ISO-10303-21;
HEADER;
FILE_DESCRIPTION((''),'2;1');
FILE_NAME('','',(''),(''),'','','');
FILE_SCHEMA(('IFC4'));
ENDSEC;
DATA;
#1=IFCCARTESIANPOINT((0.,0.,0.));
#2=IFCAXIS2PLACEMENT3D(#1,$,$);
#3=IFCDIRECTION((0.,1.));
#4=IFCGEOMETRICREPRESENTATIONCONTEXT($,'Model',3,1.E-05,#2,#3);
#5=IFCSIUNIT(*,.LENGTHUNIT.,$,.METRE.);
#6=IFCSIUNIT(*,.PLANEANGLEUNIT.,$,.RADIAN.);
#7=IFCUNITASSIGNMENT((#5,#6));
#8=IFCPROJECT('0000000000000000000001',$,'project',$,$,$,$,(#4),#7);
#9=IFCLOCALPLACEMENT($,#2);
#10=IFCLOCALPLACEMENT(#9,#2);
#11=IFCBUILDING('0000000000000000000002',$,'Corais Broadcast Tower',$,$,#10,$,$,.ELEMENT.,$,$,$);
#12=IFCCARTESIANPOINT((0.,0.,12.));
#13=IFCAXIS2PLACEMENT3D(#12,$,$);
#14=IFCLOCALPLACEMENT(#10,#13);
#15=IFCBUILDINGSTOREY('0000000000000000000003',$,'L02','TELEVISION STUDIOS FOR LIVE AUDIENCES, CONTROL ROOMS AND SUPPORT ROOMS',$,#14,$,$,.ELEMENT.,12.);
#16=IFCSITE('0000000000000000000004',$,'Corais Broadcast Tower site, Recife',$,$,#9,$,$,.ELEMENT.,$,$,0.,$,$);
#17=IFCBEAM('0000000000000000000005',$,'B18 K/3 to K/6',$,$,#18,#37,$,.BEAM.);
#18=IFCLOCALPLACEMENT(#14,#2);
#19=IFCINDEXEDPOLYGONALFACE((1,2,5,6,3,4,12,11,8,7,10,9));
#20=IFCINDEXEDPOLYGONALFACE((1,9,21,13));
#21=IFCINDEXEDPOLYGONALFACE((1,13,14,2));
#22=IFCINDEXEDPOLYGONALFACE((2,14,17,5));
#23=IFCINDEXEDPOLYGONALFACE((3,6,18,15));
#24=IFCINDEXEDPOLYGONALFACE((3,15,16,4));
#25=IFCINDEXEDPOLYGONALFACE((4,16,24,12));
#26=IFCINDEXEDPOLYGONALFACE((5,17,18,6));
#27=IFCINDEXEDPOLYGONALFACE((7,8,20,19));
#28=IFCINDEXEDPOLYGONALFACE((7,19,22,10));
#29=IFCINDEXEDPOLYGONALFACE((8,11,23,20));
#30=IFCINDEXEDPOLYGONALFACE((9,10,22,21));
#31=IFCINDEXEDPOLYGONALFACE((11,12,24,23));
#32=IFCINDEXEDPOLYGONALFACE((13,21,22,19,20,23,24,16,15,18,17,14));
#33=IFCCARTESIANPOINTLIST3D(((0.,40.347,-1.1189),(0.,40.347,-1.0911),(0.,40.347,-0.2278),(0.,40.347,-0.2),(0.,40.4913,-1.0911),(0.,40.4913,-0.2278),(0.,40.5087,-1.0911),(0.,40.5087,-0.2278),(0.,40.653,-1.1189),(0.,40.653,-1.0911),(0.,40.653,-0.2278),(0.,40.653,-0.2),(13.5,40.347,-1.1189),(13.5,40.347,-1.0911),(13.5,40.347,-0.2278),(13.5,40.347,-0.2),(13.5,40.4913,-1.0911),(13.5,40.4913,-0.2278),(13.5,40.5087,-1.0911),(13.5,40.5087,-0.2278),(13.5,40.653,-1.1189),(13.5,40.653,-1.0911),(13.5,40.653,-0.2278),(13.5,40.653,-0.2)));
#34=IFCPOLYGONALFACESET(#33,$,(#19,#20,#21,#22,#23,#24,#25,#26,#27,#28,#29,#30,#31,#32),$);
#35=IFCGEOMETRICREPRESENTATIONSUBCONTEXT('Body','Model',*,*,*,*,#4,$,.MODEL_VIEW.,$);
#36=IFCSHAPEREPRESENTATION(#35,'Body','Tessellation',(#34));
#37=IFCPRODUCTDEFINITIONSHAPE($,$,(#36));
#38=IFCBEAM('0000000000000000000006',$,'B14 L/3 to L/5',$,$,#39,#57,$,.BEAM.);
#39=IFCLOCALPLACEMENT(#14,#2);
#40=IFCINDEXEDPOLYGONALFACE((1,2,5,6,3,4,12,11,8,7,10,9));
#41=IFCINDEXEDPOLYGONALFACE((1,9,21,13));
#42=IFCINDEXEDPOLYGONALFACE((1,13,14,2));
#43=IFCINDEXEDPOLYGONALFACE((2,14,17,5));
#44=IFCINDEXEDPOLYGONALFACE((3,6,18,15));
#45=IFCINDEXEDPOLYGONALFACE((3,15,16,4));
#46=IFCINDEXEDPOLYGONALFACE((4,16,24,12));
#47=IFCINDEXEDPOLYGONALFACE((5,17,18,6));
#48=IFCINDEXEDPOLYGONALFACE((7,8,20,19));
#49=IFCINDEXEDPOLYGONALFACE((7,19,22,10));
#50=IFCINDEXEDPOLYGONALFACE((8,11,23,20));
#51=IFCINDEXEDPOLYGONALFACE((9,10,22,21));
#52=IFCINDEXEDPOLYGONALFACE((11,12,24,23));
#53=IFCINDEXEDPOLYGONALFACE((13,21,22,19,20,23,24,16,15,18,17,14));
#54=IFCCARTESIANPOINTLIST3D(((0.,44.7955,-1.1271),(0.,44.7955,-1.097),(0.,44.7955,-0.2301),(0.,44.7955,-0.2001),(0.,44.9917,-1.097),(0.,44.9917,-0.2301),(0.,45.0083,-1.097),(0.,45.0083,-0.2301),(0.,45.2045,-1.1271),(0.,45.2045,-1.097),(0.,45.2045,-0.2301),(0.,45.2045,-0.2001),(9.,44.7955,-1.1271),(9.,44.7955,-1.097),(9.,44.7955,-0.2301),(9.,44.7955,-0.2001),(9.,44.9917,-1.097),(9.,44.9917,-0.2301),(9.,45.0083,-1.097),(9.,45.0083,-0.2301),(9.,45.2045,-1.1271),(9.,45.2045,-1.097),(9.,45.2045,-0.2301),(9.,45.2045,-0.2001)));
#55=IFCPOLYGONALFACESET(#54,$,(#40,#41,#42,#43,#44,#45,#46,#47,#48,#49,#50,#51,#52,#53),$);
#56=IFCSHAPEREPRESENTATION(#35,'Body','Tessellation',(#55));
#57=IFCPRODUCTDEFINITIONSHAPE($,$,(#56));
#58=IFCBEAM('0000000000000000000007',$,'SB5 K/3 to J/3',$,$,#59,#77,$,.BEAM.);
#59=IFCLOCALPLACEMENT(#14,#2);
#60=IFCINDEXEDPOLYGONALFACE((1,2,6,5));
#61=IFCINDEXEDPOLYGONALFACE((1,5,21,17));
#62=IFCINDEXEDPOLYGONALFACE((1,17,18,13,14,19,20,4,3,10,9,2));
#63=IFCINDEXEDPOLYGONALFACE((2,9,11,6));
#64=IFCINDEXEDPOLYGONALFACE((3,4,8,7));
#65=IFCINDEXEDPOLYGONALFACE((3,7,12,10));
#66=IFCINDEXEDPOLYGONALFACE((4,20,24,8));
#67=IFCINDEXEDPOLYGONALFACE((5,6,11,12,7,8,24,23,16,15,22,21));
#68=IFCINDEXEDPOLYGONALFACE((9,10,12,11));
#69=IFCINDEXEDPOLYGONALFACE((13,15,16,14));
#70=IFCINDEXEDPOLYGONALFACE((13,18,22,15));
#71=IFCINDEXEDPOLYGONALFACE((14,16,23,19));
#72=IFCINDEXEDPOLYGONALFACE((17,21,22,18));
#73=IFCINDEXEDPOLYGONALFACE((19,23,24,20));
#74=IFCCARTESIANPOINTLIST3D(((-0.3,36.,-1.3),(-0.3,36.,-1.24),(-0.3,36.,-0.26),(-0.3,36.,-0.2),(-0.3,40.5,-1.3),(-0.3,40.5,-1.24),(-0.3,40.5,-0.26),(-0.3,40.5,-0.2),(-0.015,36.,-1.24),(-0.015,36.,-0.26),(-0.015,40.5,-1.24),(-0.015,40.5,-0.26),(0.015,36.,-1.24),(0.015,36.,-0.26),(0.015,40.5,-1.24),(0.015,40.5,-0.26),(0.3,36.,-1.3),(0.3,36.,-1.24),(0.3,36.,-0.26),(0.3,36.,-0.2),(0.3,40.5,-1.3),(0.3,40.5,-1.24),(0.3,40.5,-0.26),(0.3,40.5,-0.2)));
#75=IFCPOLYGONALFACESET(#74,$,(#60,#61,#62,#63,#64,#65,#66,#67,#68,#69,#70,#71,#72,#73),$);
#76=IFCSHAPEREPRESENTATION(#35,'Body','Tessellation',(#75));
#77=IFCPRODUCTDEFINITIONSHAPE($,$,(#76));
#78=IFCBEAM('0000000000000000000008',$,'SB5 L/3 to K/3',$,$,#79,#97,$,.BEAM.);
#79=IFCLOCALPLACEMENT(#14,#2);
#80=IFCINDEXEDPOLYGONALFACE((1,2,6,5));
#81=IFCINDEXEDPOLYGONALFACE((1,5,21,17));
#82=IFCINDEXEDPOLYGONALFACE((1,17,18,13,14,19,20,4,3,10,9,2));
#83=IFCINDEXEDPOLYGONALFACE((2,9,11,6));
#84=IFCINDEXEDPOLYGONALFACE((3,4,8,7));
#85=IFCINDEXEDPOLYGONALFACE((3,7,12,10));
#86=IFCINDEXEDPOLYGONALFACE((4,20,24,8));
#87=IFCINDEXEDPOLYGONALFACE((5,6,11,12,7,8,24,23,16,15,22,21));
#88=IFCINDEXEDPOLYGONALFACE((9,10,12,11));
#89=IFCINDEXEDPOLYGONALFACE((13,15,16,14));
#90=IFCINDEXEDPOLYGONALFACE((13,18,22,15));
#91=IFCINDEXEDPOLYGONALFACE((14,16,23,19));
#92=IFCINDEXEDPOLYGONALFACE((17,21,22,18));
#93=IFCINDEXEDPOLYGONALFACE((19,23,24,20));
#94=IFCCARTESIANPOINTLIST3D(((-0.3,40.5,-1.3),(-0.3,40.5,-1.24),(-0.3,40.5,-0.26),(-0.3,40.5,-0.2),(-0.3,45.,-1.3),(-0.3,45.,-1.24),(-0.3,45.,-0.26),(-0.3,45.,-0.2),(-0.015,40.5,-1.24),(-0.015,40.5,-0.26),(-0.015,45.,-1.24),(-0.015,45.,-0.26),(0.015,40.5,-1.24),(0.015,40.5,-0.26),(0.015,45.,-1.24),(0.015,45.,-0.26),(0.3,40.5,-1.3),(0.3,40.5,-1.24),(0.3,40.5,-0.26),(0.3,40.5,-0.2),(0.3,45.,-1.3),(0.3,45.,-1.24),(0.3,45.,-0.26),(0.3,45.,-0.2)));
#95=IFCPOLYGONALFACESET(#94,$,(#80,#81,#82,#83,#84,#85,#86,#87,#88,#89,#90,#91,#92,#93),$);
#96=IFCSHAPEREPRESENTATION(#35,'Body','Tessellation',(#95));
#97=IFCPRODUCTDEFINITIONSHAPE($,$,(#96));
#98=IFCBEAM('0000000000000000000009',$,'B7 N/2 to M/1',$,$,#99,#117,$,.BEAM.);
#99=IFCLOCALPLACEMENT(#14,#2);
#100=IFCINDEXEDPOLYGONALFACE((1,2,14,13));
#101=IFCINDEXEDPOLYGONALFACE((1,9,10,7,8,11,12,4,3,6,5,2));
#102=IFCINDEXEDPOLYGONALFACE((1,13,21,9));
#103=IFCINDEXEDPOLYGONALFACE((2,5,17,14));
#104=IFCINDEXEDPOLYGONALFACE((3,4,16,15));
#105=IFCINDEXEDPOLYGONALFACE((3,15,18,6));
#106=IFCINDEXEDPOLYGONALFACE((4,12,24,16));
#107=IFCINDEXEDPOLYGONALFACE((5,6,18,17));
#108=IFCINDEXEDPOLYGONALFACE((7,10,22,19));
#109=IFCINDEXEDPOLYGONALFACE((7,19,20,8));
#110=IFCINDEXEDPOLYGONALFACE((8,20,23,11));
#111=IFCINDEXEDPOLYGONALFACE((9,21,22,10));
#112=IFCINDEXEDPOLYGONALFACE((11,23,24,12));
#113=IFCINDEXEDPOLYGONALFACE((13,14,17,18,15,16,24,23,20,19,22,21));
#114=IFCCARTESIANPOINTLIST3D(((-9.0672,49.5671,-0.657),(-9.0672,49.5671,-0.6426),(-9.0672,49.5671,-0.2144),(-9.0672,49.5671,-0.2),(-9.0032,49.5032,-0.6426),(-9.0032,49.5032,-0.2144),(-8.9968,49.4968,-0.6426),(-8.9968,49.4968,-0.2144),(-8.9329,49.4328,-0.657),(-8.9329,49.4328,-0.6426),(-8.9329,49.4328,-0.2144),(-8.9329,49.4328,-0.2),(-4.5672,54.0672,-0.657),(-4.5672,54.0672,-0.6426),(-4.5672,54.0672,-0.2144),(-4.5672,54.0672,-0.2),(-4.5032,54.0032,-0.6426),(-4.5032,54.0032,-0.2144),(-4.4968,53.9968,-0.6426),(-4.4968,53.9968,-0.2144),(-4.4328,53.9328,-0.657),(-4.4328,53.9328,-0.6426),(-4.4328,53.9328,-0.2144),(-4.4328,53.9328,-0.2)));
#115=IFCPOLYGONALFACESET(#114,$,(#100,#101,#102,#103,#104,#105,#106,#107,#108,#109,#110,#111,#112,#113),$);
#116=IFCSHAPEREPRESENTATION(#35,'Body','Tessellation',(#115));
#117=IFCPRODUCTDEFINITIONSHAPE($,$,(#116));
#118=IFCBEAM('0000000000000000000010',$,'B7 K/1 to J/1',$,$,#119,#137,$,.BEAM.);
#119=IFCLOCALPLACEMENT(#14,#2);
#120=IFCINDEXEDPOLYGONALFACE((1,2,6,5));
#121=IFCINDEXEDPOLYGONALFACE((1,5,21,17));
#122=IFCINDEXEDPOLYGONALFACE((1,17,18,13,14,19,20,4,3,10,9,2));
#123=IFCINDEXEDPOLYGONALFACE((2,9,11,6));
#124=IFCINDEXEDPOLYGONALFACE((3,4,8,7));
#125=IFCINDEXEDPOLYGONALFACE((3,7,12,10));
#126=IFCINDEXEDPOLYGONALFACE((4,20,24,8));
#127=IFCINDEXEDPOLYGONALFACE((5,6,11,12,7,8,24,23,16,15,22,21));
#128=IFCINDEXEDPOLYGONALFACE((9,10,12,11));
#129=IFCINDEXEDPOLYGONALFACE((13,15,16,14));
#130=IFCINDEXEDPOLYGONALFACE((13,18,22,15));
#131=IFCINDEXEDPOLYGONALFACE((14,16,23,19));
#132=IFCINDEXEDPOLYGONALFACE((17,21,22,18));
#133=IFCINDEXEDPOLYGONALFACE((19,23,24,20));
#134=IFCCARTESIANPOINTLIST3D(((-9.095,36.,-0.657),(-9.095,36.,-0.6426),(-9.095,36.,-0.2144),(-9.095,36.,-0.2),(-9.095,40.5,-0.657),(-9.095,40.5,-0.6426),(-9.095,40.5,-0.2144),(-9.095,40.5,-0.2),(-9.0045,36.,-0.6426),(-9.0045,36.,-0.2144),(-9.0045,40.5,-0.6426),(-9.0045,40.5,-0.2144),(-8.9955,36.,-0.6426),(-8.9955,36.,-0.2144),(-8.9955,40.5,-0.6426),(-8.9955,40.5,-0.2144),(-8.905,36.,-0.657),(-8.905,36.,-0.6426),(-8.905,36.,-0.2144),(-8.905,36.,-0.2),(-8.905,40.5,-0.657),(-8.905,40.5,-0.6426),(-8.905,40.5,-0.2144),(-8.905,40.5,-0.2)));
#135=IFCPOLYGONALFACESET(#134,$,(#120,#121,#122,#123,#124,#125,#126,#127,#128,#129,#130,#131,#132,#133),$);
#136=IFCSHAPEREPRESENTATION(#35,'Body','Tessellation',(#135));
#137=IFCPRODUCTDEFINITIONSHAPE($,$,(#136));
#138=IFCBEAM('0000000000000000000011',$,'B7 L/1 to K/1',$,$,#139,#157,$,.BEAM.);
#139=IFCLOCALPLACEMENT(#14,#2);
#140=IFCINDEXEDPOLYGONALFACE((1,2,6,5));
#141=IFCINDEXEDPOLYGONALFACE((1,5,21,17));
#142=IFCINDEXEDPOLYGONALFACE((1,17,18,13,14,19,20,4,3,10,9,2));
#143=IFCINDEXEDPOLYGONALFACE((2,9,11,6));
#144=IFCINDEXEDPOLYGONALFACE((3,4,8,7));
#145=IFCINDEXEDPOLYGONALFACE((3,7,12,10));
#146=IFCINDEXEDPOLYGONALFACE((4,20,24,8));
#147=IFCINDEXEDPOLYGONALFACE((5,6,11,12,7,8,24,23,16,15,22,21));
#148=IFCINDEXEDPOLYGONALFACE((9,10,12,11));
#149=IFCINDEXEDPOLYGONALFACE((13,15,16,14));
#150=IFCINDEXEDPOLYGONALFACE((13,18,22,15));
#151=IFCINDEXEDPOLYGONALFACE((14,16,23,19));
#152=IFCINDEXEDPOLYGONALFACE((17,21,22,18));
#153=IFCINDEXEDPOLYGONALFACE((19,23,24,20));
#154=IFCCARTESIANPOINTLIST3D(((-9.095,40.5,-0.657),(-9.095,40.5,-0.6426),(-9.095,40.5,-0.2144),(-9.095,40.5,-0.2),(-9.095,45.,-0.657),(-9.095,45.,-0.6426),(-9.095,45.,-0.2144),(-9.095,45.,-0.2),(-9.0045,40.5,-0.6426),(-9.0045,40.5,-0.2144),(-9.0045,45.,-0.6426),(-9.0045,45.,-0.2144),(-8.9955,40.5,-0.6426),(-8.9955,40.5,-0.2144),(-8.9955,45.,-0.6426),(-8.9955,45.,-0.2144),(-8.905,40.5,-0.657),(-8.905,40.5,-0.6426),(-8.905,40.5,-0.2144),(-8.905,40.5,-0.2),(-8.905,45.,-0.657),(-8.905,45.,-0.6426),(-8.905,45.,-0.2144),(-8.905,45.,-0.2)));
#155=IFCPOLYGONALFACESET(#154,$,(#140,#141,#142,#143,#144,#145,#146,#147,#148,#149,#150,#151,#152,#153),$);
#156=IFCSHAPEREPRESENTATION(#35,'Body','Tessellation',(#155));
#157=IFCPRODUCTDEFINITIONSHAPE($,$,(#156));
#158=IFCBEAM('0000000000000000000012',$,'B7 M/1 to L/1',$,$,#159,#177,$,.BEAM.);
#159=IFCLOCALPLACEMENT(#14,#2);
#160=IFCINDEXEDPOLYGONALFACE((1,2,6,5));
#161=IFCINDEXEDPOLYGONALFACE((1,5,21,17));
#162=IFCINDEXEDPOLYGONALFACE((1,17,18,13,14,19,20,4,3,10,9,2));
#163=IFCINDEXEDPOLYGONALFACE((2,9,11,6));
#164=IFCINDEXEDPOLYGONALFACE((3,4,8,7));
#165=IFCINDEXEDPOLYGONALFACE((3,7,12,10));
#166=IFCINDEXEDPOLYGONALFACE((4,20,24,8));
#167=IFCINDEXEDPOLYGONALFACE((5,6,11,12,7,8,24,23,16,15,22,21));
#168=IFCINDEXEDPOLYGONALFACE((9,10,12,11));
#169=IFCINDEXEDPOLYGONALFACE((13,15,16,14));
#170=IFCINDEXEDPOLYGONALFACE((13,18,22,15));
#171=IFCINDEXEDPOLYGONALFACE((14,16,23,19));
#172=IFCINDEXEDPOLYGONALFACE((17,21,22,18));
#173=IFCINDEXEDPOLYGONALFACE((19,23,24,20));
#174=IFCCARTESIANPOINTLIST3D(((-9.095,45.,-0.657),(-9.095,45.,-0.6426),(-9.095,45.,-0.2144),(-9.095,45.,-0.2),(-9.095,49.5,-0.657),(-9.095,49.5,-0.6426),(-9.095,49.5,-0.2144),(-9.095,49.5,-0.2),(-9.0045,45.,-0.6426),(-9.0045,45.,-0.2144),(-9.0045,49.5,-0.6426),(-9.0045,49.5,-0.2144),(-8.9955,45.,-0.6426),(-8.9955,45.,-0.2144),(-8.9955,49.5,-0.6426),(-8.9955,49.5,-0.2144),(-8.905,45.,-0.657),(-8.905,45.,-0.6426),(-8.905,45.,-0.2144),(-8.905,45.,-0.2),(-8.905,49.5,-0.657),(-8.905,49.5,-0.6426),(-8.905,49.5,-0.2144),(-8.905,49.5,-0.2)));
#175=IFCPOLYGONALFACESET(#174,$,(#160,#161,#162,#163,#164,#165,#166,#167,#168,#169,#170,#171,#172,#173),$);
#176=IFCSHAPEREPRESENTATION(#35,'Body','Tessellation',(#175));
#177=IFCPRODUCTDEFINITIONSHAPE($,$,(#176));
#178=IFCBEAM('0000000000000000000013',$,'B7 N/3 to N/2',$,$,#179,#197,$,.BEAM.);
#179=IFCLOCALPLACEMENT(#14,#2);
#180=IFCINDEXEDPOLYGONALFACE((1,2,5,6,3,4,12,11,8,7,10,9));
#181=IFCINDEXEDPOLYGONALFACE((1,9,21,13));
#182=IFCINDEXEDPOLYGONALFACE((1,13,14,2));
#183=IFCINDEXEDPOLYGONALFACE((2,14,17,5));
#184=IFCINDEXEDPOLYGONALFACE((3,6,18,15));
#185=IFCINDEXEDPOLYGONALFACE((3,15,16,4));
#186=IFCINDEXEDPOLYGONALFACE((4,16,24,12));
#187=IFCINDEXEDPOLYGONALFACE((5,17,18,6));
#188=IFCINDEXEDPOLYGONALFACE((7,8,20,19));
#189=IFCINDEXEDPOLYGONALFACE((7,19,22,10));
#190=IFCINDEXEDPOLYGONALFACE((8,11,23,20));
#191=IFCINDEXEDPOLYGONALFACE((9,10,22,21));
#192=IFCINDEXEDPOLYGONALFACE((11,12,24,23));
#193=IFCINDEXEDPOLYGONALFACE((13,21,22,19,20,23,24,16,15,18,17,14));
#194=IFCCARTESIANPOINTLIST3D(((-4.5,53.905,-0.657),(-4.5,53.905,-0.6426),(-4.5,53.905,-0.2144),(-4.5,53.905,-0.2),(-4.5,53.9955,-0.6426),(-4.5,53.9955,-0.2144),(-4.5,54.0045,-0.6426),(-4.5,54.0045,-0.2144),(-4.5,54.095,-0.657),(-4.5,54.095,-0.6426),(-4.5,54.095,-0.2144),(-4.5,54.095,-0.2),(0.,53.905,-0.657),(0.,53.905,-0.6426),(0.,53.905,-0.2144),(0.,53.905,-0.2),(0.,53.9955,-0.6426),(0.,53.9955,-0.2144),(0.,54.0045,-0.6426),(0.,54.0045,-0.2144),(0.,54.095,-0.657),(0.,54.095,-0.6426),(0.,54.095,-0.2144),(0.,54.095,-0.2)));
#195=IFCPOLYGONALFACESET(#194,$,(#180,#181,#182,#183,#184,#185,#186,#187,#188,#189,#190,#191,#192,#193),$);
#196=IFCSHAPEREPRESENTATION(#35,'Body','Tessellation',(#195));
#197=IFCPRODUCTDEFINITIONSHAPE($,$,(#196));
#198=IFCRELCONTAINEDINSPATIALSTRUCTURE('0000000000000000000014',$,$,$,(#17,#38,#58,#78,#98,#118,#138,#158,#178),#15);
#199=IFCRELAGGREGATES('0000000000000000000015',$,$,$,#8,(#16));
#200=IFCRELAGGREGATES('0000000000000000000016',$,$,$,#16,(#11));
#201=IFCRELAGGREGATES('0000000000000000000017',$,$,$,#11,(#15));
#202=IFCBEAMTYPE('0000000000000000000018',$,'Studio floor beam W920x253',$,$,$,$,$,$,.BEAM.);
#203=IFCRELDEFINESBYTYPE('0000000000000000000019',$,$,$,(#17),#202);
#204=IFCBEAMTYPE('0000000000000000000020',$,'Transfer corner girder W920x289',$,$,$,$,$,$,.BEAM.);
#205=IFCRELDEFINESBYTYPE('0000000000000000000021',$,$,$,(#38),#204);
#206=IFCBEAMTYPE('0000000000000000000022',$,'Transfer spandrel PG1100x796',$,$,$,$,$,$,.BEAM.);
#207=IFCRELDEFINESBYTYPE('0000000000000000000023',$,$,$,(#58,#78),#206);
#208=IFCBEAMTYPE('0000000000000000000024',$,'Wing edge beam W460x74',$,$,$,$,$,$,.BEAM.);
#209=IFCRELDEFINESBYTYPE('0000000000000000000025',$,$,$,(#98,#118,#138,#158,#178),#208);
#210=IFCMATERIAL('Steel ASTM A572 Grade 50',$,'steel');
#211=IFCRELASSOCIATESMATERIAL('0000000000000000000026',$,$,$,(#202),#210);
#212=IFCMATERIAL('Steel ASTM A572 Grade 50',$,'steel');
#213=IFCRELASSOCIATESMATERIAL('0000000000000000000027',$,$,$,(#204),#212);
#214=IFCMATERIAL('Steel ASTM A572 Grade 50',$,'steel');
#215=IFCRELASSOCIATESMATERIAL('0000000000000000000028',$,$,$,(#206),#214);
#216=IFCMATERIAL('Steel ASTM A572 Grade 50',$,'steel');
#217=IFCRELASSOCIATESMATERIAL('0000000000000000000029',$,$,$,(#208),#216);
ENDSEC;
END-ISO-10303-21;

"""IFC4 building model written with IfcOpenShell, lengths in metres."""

from ifc_helpers import new_model, si_unit, direction, frame, origin, origin_2d, place, context, subcontext, project, spatial, i_section, extrude, material, material_profile, profile_set, type_object, element, save


model = new_model("IFC4")

# Units and contexts
model_context = context("Model", 3, precision=1e-05, world=origin(), true_north=direction((0.0, 1.0)))
body_context = subcontext(model_context, "Body", "Model", "MODEL_VIEW")
ifc_project = project(units=[si_unit("LENGTHUNIT", "METRE"), si_unit("PLANEANGLEUNIT", "RADIAN")], contexts=[model_context])

# Site, building, storey
site_placement = place(None, origin())
site = spatial("IfcSite", under=ifc_project, at=site_placement, Name="Corais Broadcast Tower site, Recife", CompositionType="ELEMENT", RefElevation=0.0)
building_placement = place(site_placement, origin())
building = spatial("IfcBuilding", under=site, at=building_placement, Name="Corais Broadcast Tower", CompositionType="ELEMENT")
storey_placement = place(building_placement, frame((0.0, 0.0, 12.0)))
storey = spatial("IfcBuildingStorey", under=building, at=storey_placement, Name="L02", Description="TELEVISION STUDIOS FOR LIVE AUDIENCES, CONTROL ROOMS AND SUPPORT ROOMS", CompositionType="ELEMENT", Elevation=12.0)

# Beams
ifc_material_1 = material(Name="Steel ASTM A572 Grade 50", Category="steel")
ifc_material_profile_1 = material_profile(ifc_material_1, i_section(OverallWidth=0.3059, OverallDepth=0.9189, WebThickness=0.0173, FlangeThickness=0.0278, at=origin_2d()), Name="W920x253")
ifc_profile_set_1 = profile_set([ifc_material_profile_1], Name="Steel ASTM A572 Grade 50")
beam_type_1 = type_object("IfcBeamType", Name="Studio floor beam W920x253", PredefinedType="BEAM", material=ifc_profile_set_1)
beam_1_placement = place(storey_placement, frame((0.0, 40.5, -0.6594), z_axis=(1.0, 0.0, 0.0), x_axis=(0.0, 1.0, 0.0)))
element("IfcBeam", 1, at=beam_1_placement, inside=storey, type_object=beam_type_1, Name="B18 K/3 to K/6", PredefinedType="BEAM", context=body_context, shape_type="SweptSolid", body=[
    extrude(i_section(OverallWidth=0.3059, OverallDepth=0.9189, WebThickness=0.0173, FlangeThickness=0.0278, at=origin_2d()), origin(), (0.0, 0.0, 1.0), 13.5),
])
ifc_material_2 = material(Name="Steel ASTM A572 Grade 50", Category="steel")
ifc_material_profile_2 = material_profile(ifc_material_2, i_section(OverallWidth=0.4089, OverallDepth=0.927, WebThickness=0.0166, FlangeThickness=0.03, at=origin_2d()), Name="W920x289")
ifc_profile_set_2 = profile_set([ifc_material_profile_2], Name="Steel ASTM A572 Grade 50")
beam_type_2 = type_object("IfcBeamType", Name="Transfer corner girder W920x289", PredefinedType="BEAM", material=ifc_profile_set_2)
beam_2_placement = place(storey_placement, frame((0.0, 45.0, -0.6636), z_axis=(1.0, 0.0, 0.0), x_axis=(0.0, 1.0, 0.0)))
element("IfcBeam", 2, at=beam_2_placement, inside=storey, type_object=beam_type_2, Name="B14 L/3 to L/5", PredefinedType="BEAM", context=body_context, shape_type="SweptSolid", body=[
    extrude(i_section(OverallWidth=0.4089, OverallDepth=0.927, WebThickness=0.0166, FlangeThickness=0.03, at=origin_2d()), origin(), (0.0, 0.0, 1.0), 9.0),
])
ifc_material_3 = material(Name="Steel ASTM A572 Grade 50", Category="steel")
ifc_material_profile_3 = material_profile(ifc_material_3, i_section(OverallWidth=0.6001, OverallDepth=1.1001, WebThickness=0.03, FlangeThickness=0.0601, at=origin_2d()), Name="PG1100x796")
ifc_profile_set_3 = profile_set([ifc_material_profile_3], Name="Steel ASTM A572 Grade 50")
beam_type_3 = type_object("IfcBeamType", Name="Transfer spandrel PG1100x796", PredefinedType="BEAM", material=ifc_profile_set_3)
for number, where, z_axis, x_axis, name in (
    (3, (0.0, 40.5, -0.75), (0.0, -1.0, 0.0), (1.0, 0.0, 0.0), "SB5 K/3 to J/3"),
    (4, (0.0, 45.0, -0.75), (0.0, -1.0, 0.0), (1.0, 0.0, 0.0), "SB5 L/3 to K/3"),
):
    element("IfcBeam", number, at=place(storey_placement, frame(where, z_axis=z_axis, x_axis=x_axis)), inside=storey, type_object=beam_type_3, Name=name, PredefinedType="BEAM", context=body_context, shape_type="SweptSolid", body=[
        extrude(i_section(OverallWidth=0.6001, OverallDepth=1.1001, WebThickness=0.03, FlangeThickness=0.0601, at=origin_2d()), origin(), (0.0, 0.0, 1.0), 4.5),
    ])
ifc_material_4 = material(Name="Steel ASTM A572 Grade 50", Category="steel")
ifc_material_profile_4 = material_profile(ifc_material_4, i_section(OverallWidth=0.1899, OverallDepth=0.457, WebThickness=0.009, FlangeThickness=0.0144, at=origin_2d()), Name="W460x74")
ifc_profile_set_4 = profile_set([ifc_material_profile_4], Name="Steel ASTM A572 Grade 50")
beam_type_4 = type_object("IfcBeamType", Name="Wing edge beam W460x74", PredefinedType="BEAM", material=ifc_profile_set_4)
beam_3_placement = place(storey_placement, frame((-4.5, 54.0, -0.4285), z_axis=(-0.707107, -0.707107, 0.0), x_axis=(0.707107, -0.707107, 0.0)))
element("IfcBeam", 5, at=beam_3_placement, inside=storey, type_object=beam_type_4, Name="B7 N/2 to M/1", PredefinedType="BEAM", context=body_context, shape_type="SweptSolid", body=[
    extrude(i_section(OverallWidth=0.1899, OverallDepth=0.457, WebThickness=0.009, FlangeThickness=0.0144, at=origin_2d()), origin(), (0.0, 0.0, 1.0), 6.364),
])
for number, where, z_axis, x_axis, name in (
    (6, (-9.0, 40.5, -0.4285), (0.0, -1.0, 0.0), (1.0, 0.0, 0.0), "B7 K/1 to J/1"),
    (7, (-9.0, 45.0, -0.4285), (0.0, -1.0, 0.0), (1.0, 0.0, 0.0), "B7 L/1 to K/1"),
    (8, (-9.0, 49.5, -0.4285), (0.0, -1.0, 0.0), (1.0, 0.0, 0.0), "B7 M/1 to L/1"),
    (9, (0.0, 54.0, -0.4285), (-1.0, 0.0, 0.0), (0.0, -1.0, 0.0), "B7 N/3 to N/2"),
):
    element("IfcBeam", number, at=place(storey_placement, frame(where, z_axis=z_axis, x_axis=x_axis)), inside=storey, type_object=beam_type_4, Name=name, PredefinedType="BEAM", context=body_context, shape_type="SweptSolid", body=[
        extrude(i_section(OverallWidth=0.1899, OverallDepth=0.457, WebThickness=0.009, FlangeThickness=0.0144, at=origin_2d()), origin(), (0.0, 0.0, 1.0), 4.5),
    ])

save(model, "model.ifc")
